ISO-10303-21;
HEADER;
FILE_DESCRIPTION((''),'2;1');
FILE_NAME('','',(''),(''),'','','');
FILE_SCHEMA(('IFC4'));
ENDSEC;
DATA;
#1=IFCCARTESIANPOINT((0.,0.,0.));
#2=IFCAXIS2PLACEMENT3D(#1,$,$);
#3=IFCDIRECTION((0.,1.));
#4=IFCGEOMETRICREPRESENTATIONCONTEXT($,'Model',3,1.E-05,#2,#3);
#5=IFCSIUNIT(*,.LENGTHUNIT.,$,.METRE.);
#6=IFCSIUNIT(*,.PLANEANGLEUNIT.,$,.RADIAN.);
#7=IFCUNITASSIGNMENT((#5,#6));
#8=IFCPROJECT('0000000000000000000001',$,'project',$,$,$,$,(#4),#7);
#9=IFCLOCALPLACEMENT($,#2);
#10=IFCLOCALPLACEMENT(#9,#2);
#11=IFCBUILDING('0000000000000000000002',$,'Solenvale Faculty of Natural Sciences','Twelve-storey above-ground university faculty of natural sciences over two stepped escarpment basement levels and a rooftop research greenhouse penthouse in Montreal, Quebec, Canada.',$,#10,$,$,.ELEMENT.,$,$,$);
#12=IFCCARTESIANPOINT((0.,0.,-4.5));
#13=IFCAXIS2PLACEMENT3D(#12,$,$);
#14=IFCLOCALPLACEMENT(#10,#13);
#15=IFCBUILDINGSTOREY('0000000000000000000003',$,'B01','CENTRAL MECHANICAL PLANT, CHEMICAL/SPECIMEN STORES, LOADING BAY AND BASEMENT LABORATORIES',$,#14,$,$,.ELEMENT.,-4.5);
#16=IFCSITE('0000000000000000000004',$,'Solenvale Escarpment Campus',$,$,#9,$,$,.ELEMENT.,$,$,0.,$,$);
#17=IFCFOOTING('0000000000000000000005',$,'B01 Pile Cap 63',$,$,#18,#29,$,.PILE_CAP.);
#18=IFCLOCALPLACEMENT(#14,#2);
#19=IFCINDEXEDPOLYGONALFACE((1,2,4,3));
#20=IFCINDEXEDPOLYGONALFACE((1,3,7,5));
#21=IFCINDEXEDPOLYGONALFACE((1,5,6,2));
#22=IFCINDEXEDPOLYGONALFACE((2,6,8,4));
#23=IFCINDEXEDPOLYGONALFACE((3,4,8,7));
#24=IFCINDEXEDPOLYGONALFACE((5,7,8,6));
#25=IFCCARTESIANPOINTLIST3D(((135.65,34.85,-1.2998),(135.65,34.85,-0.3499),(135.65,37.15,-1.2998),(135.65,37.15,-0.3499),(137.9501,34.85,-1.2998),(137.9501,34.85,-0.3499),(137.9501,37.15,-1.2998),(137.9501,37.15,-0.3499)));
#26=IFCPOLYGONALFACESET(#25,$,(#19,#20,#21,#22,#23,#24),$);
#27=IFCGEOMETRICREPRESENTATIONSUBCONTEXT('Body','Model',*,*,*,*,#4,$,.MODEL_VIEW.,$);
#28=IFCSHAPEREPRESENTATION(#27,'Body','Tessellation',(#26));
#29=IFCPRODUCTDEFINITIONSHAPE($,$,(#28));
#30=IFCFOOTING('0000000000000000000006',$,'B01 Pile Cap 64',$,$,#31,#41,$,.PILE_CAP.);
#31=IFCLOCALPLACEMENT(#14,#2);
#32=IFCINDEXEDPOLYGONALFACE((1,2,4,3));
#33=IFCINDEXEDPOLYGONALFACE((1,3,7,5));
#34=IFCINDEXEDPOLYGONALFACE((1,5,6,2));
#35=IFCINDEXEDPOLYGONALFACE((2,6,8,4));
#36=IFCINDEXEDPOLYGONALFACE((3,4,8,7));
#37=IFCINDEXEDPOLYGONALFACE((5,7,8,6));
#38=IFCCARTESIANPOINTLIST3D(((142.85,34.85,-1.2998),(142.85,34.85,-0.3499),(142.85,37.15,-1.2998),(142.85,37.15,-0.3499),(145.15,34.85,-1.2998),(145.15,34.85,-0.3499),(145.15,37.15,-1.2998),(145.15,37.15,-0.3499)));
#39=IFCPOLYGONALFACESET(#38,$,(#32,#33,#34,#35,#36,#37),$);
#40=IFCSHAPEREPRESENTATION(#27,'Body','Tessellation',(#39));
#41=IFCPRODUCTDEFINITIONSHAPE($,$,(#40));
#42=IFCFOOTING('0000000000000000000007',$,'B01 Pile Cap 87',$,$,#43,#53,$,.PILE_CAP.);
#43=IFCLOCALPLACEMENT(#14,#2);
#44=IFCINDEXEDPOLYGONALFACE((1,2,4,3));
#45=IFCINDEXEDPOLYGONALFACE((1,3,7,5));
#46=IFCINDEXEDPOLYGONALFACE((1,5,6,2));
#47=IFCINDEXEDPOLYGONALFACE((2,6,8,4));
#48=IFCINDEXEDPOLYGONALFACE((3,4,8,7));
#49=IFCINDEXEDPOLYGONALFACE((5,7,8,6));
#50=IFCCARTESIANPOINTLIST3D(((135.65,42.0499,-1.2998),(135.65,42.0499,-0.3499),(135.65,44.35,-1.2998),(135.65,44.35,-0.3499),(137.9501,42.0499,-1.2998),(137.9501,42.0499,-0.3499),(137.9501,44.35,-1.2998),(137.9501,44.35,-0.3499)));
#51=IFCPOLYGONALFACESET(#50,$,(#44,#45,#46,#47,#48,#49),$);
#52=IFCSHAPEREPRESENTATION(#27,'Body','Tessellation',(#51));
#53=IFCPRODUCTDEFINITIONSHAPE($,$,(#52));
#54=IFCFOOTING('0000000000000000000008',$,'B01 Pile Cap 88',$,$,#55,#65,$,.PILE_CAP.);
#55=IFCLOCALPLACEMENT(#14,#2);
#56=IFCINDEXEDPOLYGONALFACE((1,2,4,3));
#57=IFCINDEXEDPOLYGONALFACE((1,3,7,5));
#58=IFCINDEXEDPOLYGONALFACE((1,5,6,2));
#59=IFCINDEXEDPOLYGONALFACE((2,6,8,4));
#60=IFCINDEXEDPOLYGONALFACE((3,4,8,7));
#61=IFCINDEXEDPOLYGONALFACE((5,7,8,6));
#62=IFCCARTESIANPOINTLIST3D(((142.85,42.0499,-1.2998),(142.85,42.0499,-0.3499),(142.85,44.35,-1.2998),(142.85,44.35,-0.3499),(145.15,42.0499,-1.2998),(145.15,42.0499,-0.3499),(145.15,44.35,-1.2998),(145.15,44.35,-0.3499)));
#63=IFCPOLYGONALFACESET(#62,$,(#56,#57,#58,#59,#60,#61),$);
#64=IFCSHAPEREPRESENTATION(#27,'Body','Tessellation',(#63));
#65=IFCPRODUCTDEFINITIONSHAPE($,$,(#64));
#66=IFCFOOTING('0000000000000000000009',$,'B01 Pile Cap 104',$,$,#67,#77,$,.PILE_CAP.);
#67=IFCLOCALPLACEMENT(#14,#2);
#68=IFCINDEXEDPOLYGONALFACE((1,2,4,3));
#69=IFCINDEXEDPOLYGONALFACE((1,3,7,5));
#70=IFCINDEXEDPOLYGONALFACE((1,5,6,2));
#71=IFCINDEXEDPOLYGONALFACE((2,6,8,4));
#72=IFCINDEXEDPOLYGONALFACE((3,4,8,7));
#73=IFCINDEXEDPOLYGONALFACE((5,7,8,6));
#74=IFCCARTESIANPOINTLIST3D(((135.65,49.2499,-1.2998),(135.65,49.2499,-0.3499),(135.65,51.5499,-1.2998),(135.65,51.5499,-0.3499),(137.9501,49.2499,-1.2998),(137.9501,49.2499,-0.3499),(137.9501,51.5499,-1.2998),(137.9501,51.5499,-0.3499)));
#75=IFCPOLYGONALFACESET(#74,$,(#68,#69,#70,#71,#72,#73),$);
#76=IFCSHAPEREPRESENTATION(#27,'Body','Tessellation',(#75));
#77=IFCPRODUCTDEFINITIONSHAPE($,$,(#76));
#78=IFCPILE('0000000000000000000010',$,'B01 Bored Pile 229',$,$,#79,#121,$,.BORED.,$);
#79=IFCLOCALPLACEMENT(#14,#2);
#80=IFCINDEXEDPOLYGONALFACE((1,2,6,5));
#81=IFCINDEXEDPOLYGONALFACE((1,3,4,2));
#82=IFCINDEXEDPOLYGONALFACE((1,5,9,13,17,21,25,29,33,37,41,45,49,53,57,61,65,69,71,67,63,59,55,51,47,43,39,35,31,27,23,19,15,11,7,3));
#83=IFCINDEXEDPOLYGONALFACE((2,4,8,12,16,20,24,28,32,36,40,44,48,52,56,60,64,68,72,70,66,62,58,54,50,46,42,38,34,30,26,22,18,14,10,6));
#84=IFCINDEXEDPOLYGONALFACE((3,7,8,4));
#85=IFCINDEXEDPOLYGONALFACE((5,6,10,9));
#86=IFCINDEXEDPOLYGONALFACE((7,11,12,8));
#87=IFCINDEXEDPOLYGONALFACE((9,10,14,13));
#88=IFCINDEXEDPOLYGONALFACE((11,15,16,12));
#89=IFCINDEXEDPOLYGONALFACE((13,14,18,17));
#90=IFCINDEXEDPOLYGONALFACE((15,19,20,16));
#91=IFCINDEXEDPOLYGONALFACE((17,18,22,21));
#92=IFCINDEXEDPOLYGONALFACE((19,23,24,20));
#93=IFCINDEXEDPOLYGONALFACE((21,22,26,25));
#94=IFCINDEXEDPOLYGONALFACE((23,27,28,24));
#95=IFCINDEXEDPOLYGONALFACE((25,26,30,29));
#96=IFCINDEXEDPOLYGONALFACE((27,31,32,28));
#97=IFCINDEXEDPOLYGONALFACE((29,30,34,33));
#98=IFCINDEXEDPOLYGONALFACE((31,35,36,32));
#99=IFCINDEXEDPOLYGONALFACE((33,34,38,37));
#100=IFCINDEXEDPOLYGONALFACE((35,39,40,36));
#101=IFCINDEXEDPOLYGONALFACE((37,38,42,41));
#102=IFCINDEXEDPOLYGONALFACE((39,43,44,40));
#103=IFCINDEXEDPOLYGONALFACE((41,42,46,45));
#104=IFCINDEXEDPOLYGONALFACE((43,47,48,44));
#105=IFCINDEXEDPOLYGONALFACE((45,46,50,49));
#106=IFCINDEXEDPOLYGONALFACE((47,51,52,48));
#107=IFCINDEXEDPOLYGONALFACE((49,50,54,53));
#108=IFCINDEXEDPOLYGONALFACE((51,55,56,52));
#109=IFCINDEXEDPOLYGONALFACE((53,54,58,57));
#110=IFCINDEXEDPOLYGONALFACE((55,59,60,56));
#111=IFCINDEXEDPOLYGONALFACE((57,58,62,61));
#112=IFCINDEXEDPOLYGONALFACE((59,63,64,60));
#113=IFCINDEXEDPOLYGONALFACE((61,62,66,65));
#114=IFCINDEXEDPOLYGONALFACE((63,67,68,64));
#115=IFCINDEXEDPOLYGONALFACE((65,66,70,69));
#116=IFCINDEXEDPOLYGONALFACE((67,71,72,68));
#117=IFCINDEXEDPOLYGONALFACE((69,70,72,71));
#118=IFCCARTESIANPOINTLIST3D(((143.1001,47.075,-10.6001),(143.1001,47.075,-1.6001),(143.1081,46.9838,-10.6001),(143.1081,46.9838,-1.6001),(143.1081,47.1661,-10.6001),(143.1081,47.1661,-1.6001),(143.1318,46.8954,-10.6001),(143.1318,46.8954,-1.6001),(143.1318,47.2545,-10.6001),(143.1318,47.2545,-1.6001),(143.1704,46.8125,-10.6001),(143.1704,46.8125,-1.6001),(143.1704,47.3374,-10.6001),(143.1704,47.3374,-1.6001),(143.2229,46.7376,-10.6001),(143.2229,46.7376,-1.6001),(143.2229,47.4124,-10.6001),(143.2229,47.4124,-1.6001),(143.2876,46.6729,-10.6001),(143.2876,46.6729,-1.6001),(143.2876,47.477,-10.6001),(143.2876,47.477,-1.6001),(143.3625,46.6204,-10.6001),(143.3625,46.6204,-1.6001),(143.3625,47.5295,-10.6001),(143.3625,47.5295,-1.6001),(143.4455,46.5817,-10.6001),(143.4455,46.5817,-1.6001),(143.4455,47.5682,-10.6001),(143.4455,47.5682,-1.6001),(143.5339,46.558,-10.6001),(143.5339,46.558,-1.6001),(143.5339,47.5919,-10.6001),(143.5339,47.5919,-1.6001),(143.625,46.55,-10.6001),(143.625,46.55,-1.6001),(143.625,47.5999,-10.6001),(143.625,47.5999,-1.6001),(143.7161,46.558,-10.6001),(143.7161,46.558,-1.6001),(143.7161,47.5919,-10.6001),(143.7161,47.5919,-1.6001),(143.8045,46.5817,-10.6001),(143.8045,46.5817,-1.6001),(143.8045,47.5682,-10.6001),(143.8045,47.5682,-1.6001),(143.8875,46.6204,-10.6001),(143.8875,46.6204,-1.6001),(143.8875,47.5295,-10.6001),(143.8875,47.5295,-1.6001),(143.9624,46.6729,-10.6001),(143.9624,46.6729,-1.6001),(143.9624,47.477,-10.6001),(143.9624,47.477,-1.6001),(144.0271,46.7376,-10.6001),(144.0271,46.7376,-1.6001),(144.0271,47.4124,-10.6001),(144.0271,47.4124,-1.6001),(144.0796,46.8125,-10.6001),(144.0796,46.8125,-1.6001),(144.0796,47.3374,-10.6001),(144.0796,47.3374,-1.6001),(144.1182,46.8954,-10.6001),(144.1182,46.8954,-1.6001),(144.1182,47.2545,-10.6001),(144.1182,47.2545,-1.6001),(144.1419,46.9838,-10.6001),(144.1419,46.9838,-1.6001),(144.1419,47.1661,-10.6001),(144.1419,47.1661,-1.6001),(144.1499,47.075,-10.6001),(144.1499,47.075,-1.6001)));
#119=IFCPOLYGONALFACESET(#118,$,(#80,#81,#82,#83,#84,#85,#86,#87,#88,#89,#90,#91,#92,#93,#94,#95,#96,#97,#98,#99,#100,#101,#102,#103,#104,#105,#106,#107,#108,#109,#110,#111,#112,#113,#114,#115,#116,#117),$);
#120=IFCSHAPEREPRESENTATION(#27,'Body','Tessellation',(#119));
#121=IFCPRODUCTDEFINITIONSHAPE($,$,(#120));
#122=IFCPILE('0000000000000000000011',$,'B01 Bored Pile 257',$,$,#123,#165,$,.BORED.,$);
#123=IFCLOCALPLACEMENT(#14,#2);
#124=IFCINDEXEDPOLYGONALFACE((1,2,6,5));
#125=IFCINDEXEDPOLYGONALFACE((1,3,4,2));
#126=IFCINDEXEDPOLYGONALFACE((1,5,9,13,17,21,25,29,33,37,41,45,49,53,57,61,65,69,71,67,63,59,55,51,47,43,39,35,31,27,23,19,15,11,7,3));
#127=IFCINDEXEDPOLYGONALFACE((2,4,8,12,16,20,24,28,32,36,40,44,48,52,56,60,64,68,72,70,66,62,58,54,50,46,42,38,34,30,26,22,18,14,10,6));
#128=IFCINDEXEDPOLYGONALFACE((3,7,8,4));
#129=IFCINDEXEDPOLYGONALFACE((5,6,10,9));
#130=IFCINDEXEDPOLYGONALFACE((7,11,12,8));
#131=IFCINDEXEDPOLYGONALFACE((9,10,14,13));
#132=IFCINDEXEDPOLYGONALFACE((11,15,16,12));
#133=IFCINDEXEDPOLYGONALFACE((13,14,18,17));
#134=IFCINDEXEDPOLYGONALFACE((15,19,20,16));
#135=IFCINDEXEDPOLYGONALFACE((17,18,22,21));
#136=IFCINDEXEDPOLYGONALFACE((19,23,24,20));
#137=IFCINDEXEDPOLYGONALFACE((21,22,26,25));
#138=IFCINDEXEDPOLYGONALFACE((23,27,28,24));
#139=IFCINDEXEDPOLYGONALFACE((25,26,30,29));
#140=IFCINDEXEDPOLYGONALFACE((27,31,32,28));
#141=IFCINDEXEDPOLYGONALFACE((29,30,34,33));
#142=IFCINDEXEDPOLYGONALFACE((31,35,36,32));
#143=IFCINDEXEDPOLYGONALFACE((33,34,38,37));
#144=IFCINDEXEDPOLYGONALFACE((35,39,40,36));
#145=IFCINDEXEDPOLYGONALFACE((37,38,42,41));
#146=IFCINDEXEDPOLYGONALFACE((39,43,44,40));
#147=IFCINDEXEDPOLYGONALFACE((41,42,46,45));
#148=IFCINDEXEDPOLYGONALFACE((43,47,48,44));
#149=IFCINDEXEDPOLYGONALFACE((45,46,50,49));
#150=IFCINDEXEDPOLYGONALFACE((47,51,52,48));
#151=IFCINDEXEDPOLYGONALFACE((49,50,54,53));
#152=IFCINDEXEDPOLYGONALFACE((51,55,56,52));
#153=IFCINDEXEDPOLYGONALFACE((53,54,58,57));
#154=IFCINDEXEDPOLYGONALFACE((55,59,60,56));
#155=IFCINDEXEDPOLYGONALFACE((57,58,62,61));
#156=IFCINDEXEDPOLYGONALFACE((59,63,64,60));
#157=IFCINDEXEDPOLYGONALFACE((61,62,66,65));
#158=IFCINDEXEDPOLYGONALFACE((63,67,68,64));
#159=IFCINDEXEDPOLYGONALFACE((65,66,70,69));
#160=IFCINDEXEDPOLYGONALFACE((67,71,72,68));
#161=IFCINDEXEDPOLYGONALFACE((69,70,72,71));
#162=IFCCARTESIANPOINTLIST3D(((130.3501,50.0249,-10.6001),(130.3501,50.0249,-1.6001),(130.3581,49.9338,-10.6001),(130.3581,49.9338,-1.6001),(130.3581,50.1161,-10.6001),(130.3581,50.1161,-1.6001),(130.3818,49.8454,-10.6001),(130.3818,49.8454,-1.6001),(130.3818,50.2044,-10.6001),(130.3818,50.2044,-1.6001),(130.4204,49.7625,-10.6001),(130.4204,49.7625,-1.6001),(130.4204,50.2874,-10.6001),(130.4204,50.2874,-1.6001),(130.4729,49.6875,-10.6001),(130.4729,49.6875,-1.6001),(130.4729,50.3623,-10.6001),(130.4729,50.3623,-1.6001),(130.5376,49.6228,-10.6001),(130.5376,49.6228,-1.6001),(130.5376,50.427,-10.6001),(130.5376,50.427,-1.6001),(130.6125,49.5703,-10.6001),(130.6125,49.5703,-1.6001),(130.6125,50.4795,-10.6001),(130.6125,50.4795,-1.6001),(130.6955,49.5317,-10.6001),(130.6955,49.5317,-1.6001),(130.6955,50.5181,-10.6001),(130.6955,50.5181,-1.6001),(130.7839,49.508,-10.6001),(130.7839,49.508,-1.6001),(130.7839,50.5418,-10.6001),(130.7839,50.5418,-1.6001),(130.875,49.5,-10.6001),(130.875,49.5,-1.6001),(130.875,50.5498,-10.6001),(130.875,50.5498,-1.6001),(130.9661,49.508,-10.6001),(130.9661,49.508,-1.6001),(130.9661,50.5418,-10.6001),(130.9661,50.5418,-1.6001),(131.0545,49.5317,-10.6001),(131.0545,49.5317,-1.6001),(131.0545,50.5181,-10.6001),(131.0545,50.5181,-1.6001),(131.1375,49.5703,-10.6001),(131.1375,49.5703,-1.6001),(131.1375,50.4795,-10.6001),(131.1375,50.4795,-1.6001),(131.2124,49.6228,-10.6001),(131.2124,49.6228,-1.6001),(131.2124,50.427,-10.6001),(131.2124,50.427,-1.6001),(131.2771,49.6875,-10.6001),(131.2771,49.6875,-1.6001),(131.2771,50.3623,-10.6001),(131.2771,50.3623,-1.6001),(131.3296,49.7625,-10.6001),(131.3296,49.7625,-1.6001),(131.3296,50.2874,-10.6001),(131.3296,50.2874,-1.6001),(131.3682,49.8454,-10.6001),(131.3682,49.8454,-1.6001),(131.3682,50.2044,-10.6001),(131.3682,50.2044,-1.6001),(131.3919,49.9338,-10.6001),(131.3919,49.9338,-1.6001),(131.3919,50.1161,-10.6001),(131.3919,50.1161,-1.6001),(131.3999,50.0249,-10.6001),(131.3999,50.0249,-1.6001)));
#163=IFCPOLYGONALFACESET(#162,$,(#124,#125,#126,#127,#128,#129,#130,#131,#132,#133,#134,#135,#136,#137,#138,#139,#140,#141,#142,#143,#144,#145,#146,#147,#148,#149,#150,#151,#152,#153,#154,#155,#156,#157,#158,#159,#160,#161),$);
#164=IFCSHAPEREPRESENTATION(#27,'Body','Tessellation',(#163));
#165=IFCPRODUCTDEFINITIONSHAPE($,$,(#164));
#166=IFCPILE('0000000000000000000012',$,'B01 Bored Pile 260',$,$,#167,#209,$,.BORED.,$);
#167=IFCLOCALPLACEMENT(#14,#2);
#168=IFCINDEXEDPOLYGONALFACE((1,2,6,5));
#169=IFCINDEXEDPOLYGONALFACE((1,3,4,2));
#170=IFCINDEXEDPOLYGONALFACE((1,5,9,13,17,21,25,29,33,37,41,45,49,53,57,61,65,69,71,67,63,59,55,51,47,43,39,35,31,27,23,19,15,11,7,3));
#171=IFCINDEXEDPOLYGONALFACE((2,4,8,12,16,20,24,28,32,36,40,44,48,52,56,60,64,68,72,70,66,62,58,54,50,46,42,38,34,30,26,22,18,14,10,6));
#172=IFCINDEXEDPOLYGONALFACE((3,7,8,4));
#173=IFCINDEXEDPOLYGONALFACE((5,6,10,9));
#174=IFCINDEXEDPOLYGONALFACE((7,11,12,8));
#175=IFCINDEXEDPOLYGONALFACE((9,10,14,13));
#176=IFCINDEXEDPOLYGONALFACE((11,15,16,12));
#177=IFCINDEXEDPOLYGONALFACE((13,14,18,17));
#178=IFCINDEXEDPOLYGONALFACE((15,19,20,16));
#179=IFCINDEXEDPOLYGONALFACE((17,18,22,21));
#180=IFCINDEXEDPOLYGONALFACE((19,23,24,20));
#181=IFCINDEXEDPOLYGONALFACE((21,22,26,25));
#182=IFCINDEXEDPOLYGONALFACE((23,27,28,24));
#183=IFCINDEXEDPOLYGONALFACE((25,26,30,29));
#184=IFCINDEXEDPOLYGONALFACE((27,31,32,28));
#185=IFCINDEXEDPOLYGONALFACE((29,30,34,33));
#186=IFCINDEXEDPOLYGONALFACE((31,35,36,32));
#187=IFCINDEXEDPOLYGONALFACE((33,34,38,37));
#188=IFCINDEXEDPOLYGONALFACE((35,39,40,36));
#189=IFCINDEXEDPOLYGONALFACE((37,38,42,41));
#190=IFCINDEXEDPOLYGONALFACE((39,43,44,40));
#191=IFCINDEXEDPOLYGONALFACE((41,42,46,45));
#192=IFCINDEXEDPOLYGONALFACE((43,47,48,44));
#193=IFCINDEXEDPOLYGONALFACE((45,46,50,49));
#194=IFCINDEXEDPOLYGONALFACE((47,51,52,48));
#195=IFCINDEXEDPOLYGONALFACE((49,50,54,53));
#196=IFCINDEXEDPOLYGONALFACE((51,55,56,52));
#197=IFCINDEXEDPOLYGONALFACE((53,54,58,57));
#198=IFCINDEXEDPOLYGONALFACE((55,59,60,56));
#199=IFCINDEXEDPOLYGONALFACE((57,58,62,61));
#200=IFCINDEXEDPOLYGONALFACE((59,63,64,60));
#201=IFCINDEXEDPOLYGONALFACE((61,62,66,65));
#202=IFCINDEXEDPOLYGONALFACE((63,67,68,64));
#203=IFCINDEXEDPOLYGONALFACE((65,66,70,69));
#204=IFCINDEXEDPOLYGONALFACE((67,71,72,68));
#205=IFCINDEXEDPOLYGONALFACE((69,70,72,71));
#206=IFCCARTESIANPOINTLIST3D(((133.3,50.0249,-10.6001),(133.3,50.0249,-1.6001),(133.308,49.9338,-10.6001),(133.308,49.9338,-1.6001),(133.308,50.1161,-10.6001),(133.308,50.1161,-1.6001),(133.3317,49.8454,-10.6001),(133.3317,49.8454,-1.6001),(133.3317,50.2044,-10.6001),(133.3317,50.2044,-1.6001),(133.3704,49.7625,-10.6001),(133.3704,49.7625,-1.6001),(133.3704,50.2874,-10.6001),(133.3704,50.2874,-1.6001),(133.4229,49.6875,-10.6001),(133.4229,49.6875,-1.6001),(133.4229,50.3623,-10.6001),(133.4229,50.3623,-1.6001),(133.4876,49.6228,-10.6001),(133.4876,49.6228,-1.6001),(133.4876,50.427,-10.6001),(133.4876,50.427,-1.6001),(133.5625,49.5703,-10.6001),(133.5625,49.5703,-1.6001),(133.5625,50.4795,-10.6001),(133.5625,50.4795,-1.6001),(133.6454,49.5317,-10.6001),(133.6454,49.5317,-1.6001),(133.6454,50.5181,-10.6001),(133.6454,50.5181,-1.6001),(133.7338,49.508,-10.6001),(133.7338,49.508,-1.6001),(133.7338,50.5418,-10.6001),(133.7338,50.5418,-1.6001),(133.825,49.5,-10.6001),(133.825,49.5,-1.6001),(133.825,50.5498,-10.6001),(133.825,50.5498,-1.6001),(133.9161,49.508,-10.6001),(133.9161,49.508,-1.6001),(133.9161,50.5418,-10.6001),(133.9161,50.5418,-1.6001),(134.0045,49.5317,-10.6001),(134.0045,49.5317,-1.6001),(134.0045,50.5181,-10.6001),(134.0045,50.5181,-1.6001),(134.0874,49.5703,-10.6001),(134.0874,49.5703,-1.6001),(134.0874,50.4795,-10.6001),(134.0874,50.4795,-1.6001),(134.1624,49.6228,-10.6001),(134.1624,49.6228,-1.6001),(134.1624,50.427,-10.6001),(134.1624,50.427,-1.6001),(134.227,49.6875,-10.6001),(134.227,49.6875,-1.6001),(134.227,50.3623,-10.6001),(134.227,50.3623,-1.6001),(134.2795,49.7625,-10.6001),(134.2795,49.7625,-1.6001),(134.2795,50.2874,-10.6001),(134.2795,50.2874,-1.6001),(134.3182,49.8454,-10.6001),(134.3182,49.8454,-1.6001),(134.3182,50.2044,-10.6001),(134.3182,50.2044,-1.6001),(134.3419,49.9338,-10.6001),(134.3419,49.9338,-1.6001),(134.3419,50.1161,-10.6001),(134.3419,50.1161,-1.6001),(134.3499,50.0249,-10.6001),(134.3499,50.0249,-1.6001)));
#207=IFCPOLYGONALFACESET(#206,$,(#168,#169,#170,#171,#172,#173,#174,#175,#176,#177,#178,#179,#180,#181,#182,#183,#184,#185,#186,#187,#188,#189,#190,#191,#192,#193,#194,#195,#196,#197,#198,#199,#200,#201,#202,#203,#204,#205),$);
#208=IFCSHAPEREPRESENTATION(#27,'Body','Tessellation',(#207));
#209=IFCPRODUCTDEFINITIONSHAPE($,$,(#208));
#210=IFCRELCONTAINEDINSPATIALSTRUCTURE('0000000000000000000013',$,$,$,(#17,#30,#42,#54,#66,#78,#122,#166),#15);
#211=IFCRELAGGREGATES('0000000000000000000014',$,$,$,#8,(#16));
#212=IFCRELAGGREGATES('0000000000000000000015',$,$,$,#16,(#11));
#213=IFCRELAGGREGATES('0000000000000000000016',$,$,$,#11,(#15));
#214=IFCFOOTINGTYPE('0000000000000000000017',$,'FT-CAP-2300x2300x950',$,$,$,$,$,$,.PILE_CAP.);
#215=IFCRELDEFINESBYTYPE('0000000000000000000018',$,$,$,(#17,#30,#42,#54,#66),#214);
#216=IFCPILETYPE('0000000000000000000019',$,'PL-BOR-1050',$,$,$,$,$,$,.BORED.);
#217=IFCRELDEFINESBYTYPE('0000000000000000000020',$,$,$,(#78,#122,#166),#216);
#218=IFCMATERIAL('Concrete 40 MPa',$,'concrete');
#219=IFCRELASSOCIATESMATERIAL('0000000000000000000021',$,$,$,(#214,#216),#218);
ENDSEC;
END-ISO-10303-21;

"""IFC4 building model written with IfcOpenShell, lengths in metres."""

from ifc_helpers import new_model, si_unit, direction, frame, origin, origin_2d, place, context, subcontext, project, spatial, rectangle, circle, extrude, material, material_profile, profile_set, type_object, element, save


model = new_model("IFC4")

# Units and contexts
model_context = context("Model", 3, precision=1e-05, world=origin(), true_north=direction((0.0, 1.0)))
body_context = subcontext(model_context, "Body", "Model", "MODEL_VIEW")
ifc_project = project(units=[si_unit("LENGTHUNIT", "METRE"), si_unit("PLANEANGLEUNIT", "RADIAN")], contexts=[model_context])

# Site, building, storey
site_placement = place(None, origin())
site = spatial("IfcSite", under=ifc_project, at=site_placement, Name="Solenvale Escarpment Campus", CompositionType="ELEMENT", RefElevation=0.0)
building_placement = place(site_placement, origin())
building = spatial("IfcBuilding", under=site, at=building_placement, Name="Solenvale Faculty of Natural Sciences", Description="Twelve-storey above-ground university faculty of natural sciences over two stepped escarpment basement levels and a rooftop research greenhouse penthouse in Montreal, Quebec, Canada.", CompositionType="ELEMENT")
storey_placement = place(building_placement, frame((0.0, 0.0, -4.5)))
storey = spatial("IfcBuildingStorey", under=building, at=storey_placement, Name="B01", Description="CENTRAL MECHANICAL PLANT, CHEMICAL/SPECIMEN STORES, LOADING BAY AND BASEMENT LABORATORIES", CompositionType="ELEMENT", Elevation=-4.5)

# Footings
ifc_material_1 = material(Name="Concrete 40 MPa", Category="concrete")
footing_type = type_object("IfcFootingType", Name="FT-CAP-2300x2300x950", PredefinedType="PILE_CAP", material=ifc_material_1)
for number, where, z_axis, x_axis, name in (
    (1, (136.8, 36.0, -1.2998), (0.0, 0.0, 1.0), (1.0, 0.0, 0.0), "B01 Pile Cap 63"),
    (2, (144.0, 36.0, -1.2998), (0.0, 0.0, 1.0), (1.0, 0.0, 0.0), "B01 Pile Cap 64"),
    (3, (136.8, 43.2, -1.2998), (0.0, 0.0, 1.0), (1.0, 0.0, 0.0), "B01 Pile Cap 87"),
    (4, (144.0, 43.2, -1.2998), (0.0, 0.0, 1.0), (1.0, 0.0, 0.0), "B01 Pile Cap 88"),
    (5, (136.8, 50.3999, -1.2998), (0.0, 0.0, 1.0), (1.0, 0.0, 0.0), "B01 Pile Cap 104"),
):
    element("IfcFooting", number, at=place(storey_placement, frame(where, z_axis=z_axis, x_axis=x_axis)), inside=storey, type_object=footing_type, Name=name, PredefinedType="PILE_CAP", context=body_context, shape_type="SweptSolid", body=[
        extrude(rectangle(XDim=2.3, YDim=2.3, at=origin_2d()), origin(), (0.0, 0.0, 1.0), 0.95),
    ])

# Piles
ifc_material_profile_1 = material_profile(ifc_material_1, circle(Radius=0.5249, at=origin_2d()), Name="PILE-D1050")
ifc_profile_set_1 = profile_set([ifc_material_profile_1], Name="Concrete 40 MPa")
pile_type_1 = type_object("IfcPileType", Name="PL-BOR-1050", PredefinedType="BORED", material=ifc_profile_set_1)
for number, where, z_axis, x_axis, name in (
    (6, (143.625, 47.075, -1.6001), (0.0, 0.0, -1.0), (1.0, 0.0, 0.0), "B01 Bored Pile 229"),
    (7, (130.875, 50.0249, -1.6001), (0.0, 0.0, -1.0), (1.0, 0.0, 0.0), "B01 Bored Pile 257"),
    (8, (133.825, 50.0249, -1.6001), (0.0, 0.0, -1.0), (1.0, 0.0, 0.0), "B01 Bored Pile 260"),
):
    element("IfcPile", number, at=place(storey_placement, frame(where, z_axis=z_axis, x_axis=x_axis)), inside=storey, type_object=pile_type_1, Name=name, PredefinedType="BORED", context=body_context, shape_type="SweptSolid", body=[
        extrude(circle(Radius=0.5249, at=origin_2d()), origin(), (0.0, 0.0, 1.0), 9.0),
    ])

save(model, "model.ifc")
